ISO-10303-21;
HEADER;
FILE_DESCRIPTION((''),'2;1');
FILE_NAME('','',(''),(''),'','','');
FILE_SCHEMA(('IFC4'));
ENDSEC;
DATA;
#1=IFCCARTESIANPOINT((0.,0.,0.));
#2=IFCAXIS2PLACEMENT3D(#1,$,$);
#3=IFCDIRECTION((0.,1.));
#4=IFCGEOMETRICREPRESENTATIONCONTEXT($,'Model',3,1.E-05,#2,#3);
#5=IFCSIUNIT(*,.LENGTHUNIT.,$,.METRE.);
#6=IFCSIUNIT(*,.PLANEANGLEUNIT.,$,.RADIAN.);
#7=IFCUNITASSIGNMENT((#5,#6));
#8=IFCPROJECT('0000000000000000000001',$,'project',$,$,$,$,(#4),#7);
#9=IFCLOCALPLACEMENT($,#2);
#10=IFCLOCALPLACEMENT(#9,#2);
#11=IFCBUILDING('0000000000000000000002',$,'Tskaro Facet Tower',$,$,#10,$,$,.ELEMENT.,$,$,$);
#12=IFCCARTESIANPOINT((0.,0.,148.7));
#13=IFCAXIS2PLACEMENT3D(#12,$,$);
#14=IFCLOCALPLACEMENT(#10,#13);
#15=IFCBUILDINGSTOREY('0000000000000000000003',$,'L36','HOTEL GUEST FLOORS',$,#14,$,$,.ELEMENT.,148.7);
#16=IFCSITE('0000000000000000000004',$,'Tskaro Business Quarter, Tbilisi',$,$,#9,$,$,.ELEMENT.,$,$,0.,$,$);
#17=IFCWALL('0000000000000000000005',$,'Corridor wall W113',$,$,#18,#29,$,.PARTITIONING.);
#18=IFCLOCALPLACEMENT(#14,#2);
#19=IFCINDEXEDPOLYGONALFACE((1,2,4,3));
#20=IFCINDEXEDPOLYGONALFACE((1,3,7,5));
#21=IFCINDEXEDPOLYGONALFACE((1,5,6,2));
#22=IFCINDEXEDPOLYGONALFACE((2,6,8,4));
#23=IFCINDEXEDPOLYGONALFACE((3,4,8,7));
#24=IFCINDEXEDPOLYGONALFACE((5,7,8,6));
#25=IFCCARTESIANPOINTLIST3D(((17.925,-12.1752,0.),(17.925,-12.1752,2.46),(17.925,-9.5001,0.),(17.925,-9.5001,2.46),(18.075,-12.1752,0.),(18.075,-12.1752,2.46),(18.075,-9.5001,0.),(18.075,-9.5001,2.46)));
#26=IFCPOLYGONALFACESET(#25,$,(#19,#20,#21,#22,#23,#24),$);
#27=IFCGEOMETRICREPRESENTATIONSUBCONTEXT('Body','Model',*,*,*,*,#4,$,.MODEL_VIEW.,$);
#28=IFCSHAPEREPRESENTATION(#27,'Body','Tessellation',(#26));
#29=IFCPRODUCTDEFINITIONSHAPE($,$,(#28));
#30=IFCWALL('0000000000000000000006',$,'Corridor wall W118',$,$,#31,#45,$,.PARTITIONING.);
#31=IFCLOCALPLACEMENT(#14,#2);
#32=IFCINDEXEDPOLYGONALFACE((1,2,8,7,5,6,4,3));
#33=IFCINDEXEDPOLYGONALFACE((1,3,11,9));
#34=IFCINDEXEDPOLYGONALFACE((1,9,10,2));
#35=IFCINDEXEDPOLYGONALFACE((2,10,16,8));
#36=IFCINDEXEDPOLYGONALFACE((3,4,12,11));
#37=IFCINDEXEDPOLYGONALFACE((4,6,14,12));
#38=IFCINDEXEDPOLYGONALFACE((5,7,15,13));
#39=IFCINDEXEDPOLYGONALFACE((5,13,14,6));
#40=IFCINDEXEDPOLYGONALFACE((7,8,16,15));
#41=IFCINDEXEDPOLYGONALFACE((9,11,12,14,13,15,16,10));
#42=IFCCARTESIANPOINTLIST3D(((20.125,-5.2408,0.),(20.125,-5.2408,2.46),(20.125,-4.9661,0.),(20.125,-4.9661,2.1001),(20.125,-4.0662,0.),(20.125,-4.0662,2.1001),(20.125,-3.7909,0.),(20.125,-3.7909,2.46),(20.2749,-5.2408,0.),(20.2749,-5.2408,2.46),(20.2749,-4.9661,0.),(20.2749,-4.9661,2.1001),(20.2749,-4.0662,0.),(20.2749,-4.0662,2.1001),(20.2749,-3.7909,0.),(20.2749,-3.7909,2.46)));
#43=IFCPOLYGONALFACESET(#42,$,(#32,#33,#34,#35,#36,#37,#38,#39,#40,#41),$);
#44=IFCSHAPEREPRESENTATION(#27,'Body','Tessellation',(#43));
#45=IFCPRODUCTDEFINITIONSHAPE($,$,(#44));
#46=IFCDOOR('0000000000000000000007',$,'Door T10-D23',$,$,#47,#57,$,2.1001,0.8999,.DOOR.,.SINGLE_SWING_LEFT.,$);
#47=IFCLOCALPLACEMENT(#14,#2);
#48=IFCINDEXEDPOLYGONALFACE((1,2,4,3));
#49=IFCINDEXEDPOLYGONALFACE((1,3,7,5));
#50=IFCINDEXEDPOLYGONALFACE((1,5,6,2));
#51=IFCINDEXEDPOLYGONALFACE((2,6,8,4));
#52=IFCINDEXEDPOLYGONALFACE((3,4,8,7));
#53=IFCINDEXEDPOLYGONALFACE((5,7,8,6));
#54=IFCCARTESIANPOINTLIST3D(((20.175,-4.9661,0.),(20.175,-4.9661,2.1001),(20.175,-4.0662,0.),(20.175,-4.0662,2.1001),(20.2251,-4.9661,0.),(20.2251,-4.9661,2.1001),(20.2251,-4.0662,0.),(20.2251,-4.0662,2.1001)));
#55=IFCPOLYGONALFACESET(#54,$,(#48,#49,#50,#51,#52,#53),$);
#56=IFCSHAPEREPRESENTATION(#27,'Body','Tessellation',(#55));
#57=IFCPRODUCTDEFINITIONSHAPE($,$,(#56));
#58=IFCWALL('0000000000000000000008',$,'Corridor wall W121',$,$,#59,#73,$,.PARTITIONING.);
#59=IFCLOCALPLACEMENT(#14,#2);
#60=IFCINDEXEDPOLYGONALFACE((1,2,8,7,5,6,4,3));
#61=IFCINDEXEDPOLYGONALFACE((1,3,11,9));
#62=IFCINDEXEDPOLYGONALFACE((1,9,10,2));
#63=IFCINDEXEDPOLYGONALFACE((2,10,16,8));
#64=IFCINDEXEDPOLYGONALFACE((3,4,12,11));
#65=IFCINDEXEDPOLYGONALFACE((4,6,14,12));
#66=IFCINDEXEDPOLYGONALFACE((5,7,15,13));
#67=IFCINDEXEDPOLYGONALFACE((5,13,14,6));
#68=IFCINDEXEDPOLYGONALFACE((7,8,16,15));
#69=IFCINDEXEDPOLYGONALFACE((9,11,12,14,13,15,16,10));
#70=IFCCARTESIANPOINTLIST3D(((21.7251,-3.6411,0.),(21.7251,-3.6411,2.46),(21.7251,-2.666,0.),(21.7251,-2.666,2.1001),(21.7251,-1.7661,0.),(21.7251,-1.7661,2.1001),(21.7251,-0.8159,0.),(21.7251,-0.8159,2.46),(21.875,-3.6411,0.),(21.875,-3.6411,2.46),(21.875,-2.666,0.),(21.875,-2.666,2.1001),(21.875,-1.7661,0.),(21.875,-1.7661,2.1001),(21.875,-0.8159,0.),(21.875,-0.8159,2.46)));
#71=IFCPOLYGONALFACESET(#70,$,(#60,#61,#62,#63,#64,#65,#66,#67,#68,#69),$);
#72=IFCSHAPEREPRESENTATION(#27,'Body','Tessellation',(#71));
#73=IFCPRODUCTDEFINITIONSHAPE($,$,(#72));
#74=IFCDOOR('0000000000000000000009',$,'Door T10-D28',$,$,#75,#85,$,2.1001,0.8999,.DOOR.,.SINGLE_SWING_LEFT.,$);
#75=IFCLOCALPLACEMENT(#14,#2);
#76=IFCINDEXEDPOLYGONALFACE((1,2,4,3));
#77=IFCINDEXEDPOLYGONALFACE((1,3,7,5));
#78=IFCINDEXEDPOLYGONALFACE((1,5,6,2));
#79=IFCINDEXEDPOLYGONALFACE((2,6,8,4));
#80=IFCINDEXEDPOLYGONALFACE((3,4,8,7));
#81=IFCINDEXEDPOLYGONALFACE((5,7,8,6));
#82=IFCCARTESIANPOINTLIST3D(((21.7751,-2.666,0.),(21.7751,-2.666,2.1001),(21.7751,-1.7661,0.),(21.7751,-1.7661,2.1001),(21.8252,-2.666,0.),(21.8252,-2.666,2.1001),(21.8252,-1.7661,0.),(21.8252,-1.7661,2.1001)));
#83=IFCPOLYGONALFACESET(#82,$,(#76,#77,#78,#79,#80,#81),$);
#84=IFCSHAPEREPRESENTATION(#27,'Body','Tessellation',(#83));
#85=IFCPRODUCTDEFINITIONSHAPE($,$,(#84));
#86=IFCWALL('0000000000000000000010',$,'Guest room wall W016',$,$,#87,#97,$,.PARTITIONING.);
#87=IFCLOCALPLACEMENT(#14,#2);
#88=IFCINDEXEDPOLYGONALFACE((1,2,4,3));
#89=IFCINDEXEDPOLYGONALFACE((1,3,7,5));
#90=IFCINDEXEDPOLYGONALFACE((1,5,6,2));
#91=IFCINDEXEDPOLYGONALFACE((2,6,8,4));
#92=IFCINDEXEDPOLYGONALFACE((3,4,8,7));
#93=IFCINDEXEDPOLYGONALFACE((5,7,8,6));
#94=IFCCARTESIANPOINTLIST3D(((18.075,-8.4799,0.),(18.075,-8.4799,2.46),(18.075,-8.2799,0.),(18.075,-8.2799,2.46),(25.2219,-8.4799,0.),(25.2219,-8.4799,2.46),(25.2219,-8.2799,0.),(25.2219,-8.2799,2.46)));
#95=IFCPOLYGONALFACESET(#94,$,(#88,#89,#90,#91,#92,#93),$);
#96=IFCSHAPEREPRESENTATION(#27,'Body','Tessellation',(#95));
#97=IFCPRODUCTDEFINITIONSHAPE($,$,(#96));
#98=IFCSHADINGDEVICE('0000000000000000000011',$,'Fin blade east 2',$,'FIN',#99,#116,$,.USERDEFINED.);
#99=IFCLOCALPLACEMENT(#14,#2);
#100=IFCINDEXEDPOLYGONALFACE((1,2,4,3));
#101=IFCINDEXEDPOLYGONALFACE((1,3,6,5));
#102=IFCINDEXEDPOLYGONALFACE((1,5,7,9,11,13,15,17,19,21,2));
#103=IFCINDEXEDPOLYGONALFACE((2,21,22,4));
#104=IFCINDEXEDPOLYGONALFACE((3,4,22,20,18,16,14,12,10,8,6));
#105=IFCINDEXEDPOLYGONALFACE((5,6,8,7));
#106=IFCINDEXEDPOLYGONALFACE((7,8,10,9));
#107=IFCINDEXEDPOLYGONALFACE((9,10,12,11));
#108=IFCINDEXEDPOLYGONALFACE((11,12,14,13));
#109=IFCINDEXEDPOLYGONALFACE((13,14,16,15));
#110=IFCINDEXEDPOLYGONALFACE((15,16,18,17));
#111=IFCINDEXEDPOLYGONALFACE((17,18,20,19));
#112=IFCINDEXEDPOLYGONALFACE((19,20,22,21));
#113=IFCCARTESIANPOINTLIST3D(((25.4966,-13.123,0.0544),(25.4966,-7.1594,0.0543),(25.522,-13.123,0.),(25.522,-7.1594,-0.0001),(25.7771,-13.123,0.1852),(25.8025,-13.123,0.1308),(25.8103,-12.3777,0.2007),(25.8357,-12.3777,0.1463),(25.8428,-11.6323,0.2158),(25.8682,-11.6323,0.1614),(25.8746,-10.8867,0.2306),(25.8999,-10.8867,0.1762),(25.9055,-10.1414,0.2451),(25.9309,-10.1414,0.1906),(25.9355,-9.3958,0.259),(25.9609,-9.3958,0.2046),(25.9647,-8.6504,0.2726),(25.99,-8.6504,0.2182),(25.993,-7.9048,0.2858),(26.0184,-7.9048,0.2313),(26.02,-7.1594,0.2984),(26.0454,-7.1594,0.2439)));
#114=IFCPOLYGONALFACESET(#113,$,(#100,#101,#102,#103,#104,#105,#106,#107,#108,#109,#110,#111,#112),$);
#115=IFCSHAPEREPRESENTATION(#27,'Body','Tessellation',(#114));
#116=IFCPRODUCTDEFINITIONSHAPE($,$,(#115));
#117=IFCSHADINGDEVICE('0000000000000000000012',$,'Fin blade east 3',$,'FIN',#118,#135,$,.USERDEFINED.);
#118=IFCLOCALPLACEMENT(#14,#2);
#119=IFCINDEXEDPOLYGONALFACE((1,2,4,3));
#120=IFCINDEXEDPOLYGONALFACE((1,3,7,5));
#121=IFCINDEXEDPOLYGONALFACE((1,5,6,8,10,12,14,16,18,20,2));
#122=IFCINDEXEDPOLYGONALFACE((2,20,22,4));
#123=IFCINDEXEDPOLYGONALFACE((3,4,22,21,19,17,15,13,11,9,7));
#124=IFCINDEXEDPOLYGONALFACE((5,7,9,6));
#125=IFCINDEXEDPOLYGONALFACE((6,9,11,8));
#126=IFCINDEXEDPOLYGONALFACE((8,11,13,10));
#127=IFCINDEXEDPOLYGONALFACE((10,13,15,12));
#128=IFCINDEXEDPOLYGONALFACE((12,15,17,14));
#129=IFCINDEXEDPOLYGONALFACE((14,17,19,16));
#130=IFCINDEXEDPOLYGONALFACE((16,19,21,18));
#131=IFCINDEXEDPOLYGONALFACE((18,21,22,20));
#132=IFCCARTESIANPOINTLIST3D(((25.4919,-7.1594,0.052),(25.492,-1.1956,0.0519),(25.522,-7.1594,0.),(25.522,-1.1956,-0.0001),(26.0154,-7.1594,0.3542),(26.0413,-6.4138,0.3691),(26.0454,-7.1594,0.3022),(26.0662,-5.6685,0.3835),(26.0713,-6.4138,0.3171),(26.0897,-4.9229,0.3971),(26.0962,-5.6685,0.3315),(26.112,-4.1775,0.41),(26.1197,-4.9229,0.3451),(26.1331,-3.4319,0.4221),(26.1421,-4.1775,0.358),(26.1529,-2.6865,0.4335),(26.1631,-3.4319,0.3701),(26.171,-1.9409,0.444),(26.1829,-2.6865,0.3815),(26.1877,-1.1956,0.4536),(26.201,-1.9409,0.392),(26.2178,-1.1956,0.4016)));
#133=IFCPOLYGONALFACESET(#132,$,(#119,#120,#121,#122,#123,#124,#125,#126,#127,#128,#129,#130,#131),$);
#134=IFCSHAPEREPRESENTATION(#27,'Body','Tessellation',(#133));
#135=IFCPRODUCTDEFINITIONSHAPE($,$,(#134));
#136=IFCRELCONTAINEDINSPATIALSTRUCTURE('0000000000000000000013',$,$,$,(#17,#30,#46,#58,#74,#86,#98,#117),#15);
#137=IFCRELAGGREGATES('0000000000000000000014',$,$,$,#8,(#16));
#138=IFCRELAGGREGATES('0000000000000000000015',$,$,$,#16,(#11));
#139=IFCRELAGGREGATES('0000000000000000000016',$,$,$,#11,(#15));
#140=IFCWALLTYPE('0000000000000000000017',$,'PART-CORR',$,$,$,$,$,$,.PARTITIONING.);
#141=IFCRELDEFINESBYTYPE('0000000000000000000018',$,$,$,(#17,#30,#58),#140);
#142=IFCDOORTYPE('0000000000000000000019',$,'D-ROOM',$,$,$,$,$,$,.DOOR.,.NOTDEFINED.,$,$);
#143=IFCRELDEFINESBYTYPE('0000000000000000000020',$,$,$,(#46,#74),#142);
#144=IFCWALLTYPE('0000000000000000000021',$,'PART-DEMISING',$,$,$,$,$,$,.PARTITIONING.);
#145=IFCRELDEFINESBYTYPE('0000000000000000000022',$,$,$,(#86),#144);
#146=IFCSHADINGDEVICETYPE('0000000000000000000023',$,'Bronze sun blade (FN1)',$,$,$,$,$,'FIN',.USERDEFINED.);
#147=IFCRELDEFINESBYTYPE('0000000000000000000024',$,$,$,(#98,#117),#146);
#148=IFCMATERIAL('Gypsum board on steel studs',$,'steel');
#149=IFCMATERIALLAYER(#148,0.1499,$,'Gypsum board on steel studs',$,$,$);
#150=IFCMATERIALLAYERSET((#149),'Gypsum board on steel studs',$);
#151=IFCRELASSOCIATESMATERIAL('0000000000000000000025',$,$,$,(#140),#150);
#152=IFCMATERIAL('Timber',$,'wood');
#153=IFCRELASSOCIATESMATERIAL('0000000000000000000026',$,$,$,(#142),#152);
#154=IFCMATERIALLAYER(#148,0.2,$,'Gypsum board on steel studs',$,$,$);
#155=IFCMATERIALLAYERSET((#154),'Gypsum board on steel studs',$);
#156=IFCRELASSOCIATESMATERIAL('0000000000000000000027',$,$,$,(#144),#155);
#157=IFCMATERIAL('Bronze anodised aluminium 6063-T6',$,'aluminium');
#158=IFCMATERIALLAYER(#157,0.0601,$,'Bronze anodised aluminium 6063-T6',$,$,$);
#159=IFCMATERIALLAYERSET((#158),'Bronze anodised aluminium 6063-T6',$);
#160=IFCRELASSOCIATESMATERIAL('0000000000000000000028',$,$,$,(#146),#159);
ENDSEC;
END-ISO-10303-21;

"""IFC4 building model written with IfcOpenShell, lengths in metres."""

from ifc_helpers import new_model, si_unit, direction, frame, frame_2d, origin, place, context, subcontext, project, spatial, polyline, rectangle, outline, extrude, material, layer, layer_set, type_object, element, fill, save


model = new_model("IFC4")

# Units and contexts
model_context = context("Model", 3, precision=1e-05, world=origin(), true_north=direction((0.0, 1.0)))
body_context = subcontext(model_context, "Body", "Model", "MODEL_VIEW")
ifc_project = project(units=[si_unit("LENGTHUNIT", "METRE"), si_unit("PLANEANGLEUNIT", "RADIAN")], contexts=[model_context])

# Site, building, storey
site_placement = place(None, origin())
site = spatial("IfcSite", under=ifc_project, at=site_placement, Name="Tskaro Business Quarter, Tbilisi", CompositionType="ELEMENT", RefElevation=0.0)
building_placement = place(site_placement, origin())
building = spatial("IfcBuilding", under=site, at=building_placement, Name="Tskaro Facet Tower", CompositionType="ELEMENT")
storey_placement = place(building_placement, frame((0.0, 0.0, 148.7)))
storey = spatial("IfcBuildingStorey", under=building, at=storey_placement, Name="L36", Description="HOTEL GUEST FLOORS", CompositionType="ELEMENT", Elevation=148.7)

# Shared definitions
ifc_material_1 = material(Name="Bronze anodised aluminium 6063-T6", Category="aluminium")

# Shared definitions
ifc_material_2 = material(Name="Gypsum board on steel studs", Category="steel")
ifc_layer_1 = layer(ifc_material_2, 0.1499, Name="Gypsum board on steel studs")
ifc_layer_set_1 = layer_set([ifc_layer_1], Name="Gypsum board on steel studs")
wall_type_1 = type_object("IfcWallType", Name="PART-CORR", PredefinedType="PARTITIONING", material=ifc_layer_set_1)
ifc_material_3 = material(Name="Timber", Category="wood")
door_type = type_object("IfcDoorType", Name="D-ROOM", OperationType="NOTDEFINED", PredefinedType="DOOR", material=ifc_material_3)

# Wall
wall_1_placement = place(storey_placement, frame((18.0, -12.175, 0.0), z_axis=(0.0, 0.0, 1.0), x_axis=(0.0, 1.0, 0.0)))
element("IfcWall", 1, at=wall_1_placement, inside=storey, type_object=wall_type_1, Name="Corridor wall W113", PredefinedType="PARTITIONING", context=body_context, shape_type="SweptSolid", body=[
    extrude(rectangle(XDim=2.675, YDim=0.1499, at=frame_2d((1.3374, 0.0))), origin(), (0.0, 0.0, 1.0), 2.46),
])

# Walls, openings, doors
wall_2_placement = place(storey_placement, frame((20.2, -5.241, 0.0), z_axis=(0.0, 0.0, 1.0), x_axis=(0.0, 1.0, 0.0)))
wall_2 = element("IfcWall", 2, at=wall_2_placement, inside=storey, type_object=wall_type_1, Name="Corridor wall W118", PredefinedType="PARTITIONING", context=body_context, shape_type="SweptSolid", body=[
    extrude(rectangle(XDim=1.45, YDim=0.1499, at=frame_2d((0.7251, 0.0))), origin(), (0.0, 0.0, 1.0), 2.46),
])
opening_1_placement = place(wall_2_placement, frame((0.2749, 0.0, 0.0)))
opening_1 = element("IfcOpeningElement", 3, at=opening_1_placement, cuts=wall_2, PredefinedType="OPENING", context=body_context, shape_type="SweptSolid", body=[
    extrude(rectangle(XDim=0.8999, YDim=2.1001, at=frame_2d((0.45, 1.05))), frame((0.0, 0.085, 0.0), z_axis=(0.0, -1.0, 0.0), x_axis=(1.0, 0.0, 0.0)), (0.0, 0.0, 1.0), 0.1699),
])
door_1_placement = place(opening_1_placement, origin())
door_1 = element("IfcDoor", 4, at=door_1_placement, inside=storey, type_object=door_type, Name="Door T10-D23", OperationType="SINGLE_SWING_LEFT", OverallHeight=2.1001, OverallWidth=0.8999, PredefinedType="DOOR", context=body_context, shape_type="SweptSolid", body=[
    extrude(rectangle(XDim=0.8999, YDim=2.1001, at=frame_2d((0.45, 1.05))), frame((0.0, 0.0249, 0.0), z_axis=(0.0, -1.0, 0.0), x_axis=(1.0, 0.0, 0.0)), (0.0, 0.0, 1.0), 0.05),
])
fill(opening_1, door_1)
wall_3_placement = place(storey_placement, frame((21.8, -3.6411, 0.0), z_axis=(0.0, 0.0, 1.0), x_axis=(0.0, 1.0, 0.0)))
wall_3 = element("IfcWall", 5, at=wall_3_placement, inside=storey, type_object=wall_type_1, Name="Corridor wall W121", PredefinedType="PARTITIONING", context=body_context, shape_type="SweptSolid", body=[
    extrude(rectangle(XDim=2.8252, YDim=0.1499, at=frame_2d((1.4126, 0.0))), origin(), (0.0, 0.0, 1.0), 2.46),
])
opening_2_placement = place(wall_3_placement, frame((0.9751, 0.0, 0.0)))
opening_2 = element("IfcOpeningElement", 6, at=opening_2_placement, cuts=wall_3, PredefinedType="OPENING", context=body_context, shape_type="SweptSolid", body=[
    extrude(rectangle(XDim=0.8999, YDim=2.1001, at=frame_2d((0.45, 1.05))), frame((0.0, 0.085, 0.0), z_axis=(0.0, -1.0, 0.0), x_axis=(1.0, 0.0, 0.0)), (0.0, 0.0, 1.0), 0.1699),
])
door_2_placement = place(opening_2_placement, origin())
door_2 = element("IfcDoor", 7, at=door_2_placement, inside=storey, type_object=door_type, Name="Door T10-D28", OperationType="SINGLE_SWING_LEFT", OverallHeight=2.1001, OverallWidth=0.8999, PredefinedType="DOOR", context=body_context, shape_type="SweptSolid", body=[
    extrude(rectangle(XDim=0.8999, YDim=2.1001, at=frame_2d((0.45, 1.05))), frame((0.0, 0.0249, 0.0), z_axis=(0.0, -1.0, 0.0), x_axis=(1.0, 0.0, 0.0)), (0.0, 0.0, 1.0), 0.05),
])
fill(opening_2, door_2)

# Wall
ifc_layer_2 = layer(ifc_material_2, 0.2, Name="Gypsum board on steel studs")
ifc_layer_set_2 = layer_set([ifc_layer_2], Name="Gypsum board on steel studs")
wall_type_2 = type_object("IfcWallType", Name="PART-DEMISING", PredefinedType="PARTITIONING", material=ifc_layer_set_2)
wall_4_placement = place(storey_placement, frame((18.075, -8.3799, 0.0), z_axis=(0.0, 0.0, 1.0), x_axis=(1.0, 0.0, 0.0)))
element("IfcWall", 8, at=wall_4_placement, inside=storey, type_object=wall_type_2, Name="Guest room wall W016", PredefinedType="PARTITIONING", context=body_context, shape_type="SweptSolid", body=[
    extrude(rectangle(XDim=7.147, YDim=0.2, at=frame_2d((3.5735, 0.0))), origin(), (0.0, 0.0, 1.0), 2.46),
])

# Shading devices
ifc_layer_3 = layer(ifc_material_1, 0.0601, Name="Bronze anodised aluminium 6063-T6")
ifc_layer_set_3 = layer_set([ifc_layer_3], Name="Bronze anodised aluminium 6063-T6")
shading_device_type = type_object("IfcShadingDeviceType", Name="Bronze sun blade (FN1)", ElementType="FIN", PredefinedType="USERDEFINED", material=ifc_layer_set_3)
shading_device_1_placement = place(storey_placement, frame((25.4966, -13.123, 0.0544), z_axis=(-0.422565, 0.000018, 0.906333), x_axis=(0.000008, 1.0, -0.000017)))
element("IfcShadingDevice", 9, at=shading_device_1_placement, inside=storey, type_object=shading_device_type, Name="Fin blade east 2", ObjectType="FIN", PredefinedType="USERDEFINED", context=body_context, shape_type="SweptSolid", body=[
    extrude(outline(polyline([(0.0, 0.0), (5.9636, 0.0), (5.9636, -0.5775), (5.2183, -0.5476), (4.4727, -0.5164), (3.7273, -0.4843), (2.9817, -0.4512), (2.2363, -0.417), (1.4907, -0.382), (0.7454, -0.3461), (0.0, -0.3095), (0.0, 0.0)])), origin(), (0.0, 0.0, -1.0), 0.0601),
])
shading_device_2_placement = place(storey_placement, frame((25.4919, -7.1594, 0.052), z_axis=(-0.500014, 0.000012, 0.866017), x_axis=(0.000006, 1.0, -0.00001)))
element("IfcShadingDevice", 10, at=shading_device_2_placement, inside=storey, type_object=shading_device_type, Name="Fin blade east 3", ObjectType="FIN", PredefinedType="USERDEFINED", context=body_context, shape_type="SweptSolid", body=[
    extrude(outline(polyline([(0.0, 0.0), (5.9639, 0.0), (5.9639, -0.8034), (5.2185, -0.784), (4.4729, -0.7631), (3.7275, -0.7403), (2.9819, -0.716), (2.2366, -0.6902), (1.491, -0.6631), (0.7456, -0.6343), (0.0, -0.6044), (0.0, 0.0)])), origin(), (0.0, 0.0, -1.0), 0.0601),
])

save(model, "model.ifc")
